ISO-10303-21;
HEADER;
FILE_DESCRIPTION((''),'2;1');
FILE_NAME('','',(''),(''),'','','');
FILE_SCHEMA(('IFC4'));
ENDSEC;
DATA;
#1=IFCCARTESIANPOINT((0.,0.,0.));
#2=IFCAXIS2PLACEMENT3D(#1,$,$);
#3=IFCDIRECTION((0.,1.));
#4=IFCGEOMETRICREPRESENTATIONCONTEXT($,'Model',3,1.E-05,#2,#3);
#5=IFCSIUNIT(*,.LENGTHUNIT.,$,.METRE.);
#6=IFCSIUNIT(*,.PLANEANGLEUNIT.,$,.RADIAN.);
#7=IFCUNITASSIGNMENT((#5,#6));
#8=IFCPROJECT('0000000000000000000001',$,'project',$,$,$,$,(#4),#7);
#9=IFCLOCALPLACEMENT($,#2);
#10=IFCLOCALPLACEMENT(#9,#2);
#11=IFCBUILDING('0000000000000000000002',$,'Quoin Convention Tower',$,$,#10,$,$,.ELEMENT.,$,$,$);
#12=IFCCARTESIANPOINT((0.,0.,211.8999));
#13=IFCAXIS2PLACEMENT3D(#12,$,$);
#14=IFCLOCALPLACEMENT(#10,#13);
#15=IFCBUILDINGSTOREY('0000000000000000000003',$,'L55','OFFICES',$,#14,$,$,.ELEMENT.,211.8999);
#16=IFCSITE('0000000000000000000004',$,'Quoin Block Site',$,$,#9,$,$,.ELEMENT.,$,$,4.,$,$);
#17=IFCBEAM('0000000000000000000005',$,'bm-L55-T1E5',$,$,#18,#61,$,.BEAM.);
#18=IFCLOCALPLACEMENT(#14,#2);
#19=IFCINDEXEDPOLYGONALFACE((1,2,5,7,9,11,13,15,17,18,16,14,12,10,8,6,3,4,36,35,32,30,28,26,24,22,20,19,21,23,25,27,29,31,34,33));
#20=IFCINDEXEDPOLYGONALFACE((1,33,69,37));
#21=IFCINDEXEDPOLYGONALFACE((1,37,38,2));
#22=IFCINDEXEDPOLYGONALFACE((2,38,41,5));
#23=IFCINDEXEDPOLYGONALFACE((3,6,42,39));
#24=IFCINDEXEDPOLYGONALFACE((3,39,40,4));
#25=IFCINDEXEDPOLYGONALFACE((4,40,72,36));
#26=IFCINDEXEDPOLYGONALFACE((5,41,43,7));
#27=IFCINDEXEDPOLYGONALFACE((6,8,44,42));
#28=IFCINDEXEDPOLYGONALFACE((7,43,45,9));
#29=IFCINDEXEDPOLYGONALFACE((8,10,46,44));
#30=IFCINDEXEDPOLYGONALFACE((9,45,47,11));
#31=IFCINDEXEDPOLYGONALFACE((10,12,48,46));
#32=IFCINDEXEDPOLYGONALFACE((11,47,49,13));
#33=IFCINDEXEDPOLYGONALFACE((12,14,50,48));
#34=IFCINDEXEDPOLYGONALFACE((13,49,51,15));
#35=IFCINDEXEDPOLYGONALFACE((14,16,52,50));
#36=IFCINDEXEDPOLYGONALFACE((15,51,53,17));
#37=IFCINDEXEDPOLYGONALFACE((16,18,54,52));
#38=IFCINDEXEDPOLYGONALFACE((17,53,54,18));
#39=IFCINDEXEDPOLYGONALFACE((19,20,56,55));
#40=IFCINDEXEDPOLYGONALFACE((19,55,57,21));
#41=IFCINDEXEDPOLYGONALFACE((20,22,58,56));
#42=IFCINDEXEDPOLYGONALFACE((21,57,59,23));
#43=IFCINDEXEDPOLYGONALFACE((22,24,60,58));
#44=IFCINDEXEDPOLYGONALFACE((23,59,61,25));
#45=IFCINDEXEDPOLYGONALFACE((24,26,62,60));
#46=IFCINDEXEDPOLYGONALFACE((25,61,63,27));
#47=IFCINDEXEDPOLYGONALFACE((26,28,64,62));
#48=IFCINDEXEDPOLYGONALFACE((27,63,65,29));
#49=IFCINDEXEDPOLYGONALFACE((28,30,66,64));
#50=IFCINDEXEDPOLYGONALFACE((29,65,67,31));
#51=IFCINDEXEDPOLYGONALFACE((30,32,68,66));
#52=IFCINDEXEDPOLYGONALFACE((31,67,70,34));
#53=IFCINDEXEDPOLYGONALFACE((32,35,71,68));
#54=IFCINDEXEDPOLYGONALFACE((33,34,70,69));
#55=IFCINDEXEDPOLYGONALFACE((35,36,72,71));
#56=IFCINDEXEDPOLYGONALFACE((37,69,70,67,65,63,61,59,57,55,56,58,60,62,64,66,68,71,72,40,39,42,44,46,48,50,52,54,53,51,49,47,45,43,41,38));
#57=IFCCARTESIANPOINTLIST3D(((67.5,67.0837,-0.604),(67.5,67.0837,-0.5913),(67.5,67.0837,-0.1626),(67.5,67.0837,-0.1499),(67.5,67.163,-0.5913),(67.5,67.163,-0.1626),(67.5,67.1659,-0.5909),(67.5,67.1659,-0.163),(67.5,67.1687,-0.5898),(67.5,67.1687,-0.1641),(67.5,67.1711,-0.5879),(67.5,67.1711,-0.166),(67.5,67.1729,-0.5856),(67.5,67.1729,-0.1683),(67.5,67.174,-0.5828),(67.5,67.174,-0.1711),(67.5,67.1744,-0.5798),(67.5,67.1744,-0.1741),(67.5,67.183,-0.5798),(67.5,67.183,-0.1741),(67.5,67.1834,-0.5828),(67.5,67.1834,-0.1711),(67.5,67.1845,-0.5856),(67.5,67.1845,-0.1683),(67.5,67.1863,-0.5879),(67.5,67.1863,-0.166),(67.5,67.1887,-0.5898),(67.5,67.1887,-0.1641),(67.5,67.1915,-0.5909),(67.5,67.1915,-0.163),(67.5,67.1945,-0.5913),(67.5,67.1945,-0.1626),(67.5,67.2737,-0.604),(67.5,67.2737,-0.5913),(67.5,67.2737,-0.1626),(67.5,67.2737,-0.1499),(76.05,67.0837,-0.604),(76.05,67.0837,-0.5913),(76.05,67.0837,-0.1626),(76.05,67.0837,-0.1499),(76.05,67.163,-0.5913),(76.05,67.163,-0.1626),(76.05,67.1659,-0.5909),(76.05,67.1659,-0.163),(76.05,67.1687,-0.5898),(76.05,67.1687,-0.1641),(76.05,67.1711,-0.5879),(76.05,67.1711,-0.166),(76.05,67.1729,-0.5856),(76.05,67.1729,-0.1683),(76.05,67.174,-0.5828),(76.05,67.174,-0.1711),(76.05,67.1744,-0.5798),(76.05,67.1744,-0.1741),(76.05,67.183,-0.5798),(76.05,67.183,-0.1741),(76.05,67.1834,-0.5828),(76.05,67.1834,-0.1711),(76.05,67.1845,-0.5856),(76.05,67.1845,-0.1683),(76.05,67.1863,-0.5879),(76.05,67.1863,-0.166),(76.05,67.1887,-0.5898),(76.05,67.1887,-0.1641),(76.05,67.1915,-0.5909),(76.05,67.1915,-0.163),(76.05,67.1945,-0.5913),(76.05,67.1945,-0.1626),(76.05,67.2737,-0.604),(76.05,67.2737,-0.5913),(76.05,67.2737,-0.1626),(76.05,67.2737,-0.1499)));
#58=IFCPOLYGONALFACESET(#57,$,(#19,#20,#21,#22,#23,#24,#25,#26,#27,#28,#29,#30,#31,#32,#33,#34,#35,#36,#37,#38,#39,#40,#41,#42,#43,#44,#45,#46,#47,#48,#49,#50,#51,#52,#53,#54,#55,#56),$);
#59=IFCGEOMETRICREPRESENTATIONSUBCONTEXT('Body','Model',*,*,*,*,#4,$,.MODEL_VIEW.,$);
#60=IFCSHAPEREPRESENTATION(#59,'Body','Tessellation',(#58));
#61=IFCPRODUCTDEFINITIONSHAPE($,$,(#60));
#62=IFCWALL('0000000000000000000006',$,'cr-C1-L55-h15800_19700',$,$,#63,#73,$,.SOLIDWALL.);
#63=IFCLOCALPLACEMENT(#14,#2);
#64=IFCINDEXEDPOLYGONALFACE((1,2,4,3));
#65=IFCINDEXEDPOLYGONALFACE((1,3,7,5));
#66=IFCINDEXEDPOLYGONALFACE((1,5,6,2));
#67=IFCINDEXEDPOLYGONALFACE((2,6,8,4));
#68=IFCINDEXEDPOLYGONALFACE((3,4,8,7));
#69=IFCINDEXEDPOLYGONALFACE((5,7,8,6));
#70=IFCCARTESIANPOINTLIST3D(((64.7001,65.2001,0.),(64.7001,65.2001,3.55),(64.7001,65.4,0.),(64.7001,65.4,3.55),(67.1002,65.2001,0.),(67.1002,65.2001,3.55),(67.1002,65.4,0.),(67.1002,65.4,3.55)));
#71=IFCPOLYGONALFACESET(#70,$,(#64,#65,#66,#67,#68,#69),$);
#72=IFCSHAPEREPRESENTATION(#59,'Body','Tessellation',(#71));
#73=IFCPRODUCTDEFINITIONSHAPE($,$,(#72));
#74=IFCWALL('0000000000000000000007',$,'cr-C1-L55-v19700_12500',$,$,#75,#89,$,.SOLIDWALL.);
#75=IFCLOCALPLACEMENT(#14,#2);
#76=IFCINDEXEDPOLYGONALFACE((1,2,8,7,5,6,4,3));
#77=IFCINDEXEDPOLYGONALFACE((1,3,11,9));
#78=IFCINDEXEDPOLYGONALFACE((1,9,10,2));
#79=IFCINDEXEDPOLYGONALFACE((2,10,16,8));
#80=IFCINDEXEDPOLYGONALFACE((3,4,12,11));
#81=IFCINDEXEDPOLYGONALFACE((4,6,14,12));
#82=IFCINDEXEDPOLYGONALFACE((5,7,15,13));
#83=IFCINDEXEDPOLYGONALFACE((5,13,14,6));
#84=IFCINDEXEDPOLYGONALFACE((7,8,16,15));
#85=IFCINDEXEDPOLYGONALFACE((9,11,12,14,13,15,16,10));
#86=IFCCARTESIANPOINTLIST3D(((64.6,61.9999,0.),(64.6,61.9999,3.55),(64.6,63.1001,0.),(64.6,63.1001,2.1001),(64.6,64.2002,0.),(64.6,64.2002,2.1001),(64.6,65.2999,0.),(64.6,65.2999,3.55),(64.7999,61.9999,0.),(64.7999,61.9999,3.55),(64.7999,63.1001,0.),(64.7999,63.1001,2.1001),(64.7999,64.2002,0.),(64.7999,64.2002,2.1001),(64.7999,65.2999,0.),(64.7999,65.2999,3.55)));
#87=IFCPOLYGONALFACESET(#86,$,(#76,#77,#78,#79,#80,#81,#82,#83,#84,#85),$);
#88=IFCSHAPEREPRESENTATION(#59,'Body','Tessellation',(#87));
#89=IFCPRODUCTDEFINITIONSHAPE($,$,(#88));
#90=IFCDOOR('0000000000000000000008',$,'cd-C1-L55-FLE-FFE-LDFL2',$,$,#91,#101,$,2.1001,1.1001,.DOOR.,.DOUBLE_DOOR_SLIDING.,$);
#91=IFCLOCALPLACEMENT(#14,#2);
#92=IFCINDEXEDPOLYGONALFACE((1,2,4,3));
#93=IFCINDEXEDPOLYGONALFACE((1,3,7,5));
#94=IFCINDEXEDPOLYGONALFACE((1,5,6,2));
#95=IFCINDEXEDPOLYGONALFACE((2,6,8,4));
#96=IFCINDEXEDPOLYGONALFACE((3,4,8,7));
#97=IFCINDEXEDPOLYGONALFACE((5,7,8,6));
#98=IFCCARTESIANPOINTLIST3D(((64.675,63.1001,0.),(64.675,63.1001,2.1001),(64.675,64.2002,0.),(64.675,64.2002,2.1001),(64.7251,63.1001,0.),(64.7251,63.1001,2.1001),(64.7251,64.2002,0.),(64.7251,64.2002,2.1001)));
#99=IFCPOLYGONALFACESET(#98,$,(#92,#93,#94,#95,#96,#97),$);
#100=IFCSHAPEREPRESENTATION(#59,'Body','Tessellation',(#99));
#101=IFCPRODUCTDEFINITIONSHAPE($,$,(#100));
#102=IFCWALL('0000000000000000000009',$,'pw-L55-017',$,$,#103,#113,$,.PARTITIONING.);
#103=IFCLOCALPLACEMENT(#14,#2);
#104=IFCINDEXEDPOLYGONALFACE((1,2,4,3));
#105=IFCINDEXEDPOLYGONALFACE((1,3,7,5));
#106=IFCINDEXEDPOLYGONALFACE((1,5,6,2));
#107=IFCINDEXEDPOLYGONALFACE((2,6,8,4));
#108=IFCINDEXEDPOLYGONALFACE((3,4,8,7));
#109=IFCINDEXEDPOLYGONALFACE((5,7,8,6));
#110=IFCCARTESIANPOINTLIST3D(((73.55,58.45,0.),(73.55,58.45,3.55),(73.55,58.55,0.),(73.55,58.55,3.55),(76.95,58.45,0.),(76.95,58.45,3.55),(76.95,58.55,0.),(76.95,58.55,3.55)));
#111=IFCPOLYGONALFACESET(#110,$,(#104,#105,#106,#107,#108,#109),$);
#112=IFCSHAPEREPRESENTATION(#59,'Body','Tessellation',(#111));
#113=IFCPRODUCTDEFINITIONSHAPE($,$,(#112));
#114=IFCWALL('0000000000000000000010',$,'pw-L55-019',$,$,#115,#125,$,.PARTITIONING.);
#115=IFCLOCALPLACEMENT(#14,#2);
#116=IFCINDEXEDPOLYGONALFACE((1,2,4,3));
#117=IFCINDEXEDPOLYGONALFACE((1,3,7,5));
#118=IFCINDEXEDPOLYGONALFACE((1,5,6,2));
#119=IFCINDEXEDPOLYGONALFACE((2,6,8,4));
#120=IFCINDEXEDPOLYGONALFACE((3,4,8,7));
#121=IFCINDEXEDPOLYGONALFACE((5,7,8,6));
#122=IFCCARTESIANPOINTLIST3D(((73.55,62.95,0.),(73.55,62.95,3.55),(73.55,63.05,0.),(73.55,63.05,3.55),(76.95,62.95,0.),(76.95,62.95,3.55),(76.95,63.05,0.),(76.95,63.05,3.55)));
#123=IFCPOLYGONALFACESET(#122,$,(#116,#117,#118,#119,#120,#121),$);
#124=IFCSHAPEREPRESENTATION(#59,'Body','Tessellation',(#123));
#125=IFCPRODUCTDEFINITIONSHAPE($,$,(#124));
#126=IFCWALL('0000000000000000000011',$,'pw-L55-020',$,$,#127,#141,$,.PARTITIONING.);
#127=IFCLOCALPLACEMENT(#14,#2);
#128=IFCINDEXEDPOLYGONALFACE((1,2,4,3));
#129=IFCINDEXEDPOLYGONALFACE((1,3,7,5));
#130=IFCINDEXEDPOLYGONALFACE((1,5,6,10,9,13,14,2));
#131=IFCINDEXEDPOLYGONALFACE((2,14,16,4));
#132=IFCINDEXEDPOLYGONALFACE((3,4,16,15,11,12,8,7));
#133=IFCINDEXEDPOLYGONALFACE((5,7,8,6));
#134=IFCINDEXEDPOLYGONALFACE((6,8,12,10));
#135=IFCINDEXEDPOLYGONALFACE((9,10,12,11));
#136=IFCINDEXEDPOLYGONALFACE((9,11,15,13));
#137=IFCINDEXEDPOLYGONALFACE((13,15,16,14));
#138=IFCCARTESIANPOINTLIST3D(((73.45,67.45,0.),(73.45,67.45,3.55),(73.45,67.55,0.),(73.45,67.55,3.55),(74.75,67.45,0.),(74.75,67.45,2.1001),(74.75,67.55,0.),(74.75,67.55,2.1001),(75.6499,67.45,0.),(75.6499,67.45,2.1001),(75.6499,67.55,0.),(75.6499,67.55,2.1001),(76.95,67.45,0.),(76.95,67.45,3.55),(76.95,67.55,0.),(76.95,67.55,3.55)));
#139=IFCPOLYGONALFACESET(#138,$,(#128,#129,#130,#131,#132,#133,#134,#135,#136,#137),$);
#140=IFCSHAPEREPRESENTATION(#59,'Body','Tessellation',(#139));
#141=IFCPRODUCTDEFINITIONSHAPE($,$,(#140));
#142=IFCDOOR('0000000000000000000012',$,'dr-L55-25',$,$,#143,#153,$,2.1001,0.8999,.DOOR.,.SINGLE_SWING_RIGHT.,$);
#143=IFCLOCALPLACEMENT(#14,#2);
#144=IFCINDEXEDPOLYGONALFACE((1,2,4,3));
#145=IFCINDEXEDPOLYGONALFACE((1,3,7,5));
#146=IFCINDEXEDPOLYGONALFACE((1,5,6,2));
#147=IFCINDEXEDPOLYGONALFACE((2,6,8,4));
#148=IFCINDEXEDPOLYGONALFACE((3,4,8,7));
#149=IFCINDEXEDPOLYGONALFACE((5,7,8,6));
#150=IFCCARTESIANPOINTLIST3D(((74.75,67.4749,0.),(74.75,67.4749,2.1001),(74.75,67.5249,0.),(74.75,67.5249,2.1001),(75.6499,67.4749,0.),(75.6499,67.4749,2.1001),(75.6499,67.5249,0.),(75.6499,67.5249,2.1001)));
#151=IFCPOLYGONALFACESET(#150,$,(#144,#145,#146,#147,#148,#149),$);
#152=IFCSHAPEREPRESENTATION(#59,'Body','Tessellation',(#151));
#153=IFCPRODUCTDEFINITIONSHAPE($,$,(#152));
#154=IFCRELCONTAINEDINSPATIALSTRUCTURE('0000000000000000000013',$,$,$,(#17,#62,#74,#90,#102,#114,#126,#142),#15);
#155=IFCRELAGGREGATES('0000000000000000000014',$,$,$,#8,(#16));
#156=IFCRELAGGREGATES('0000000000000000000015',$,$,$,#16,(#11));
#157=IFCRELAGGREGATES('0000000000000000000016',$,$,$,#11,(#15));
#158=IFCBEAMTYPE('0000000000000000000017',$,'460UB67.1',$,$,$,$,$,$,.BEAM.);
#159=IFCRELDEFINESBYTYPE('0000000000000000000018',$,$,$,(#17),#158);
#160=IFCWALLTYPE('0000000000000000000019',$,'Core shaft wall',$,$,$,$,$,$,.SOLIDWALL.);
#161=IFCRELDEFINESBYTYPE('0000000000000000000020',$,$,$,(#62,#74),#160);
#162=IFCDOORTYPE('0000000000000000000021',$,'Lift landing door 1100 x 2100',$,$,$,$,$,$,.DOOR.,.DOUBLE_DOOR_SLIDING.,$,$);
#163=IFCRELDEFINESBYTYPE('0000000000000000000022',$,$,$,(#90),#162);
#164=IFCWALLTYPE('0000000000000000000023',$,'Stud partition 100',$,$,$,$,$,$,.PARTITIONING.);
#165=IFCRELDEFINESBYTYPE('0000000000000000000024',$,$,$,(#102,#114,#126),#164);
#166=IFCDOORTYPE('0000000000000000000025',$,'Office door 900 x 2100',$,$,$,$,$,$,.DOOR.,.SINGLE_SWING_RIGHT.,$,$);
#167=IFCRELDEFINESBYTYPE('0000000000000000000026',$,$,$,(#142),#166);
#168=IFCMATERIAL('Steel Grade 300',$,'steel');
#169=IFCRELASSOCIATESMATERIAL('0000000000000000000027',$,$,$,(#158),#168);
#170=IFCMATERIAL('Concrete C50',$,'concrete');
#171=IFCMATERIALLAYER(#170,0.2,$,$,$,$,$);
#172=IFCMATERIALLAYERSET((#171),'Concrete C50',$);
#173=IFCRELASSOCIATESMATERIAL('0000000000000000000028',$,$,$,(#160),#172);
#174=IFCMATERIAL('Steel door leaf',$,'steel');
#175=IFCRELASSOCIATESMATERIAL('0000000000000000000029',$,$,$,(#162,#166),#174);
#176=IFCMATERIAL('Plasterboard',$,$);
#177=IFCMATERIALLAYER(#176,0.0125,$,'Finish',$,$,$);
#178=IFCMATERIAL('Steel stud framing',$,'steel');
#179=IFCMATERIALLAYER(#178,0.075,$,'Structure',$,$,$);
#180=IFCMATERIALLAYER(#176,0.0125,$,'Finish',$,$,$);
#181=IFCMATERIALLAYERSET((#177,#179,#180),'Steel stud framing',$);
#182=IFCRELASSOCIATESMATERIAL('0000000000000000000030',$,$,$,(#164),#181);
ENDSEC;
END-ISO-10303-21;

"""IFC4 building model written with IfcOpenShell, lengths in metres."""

from ifc_helpers import new_model, si_unit, direction, frame, frame_2d, origin, origin_2d, place, context, subcontext, project, spatial, rectangle, i_section, extrude, material, layer, layer_set, material_profile, profile_set, type_object, element, fill, save


model = new_model("IFC4")

# Units and contexts
model_context = context("Model", 3, precision=1e-05, world=origin(), true_north=direction((0.0, 1.0)))
body_context = subcontext(model_context, "Body", "Model", "MODEL_VIEW")
ifc_project = project(units=[si_unit("LENGTHUNIT", "METRE"), si_unit("PLANEANGLEUNIT", "RADIAN")], contexts=[model_context])

# Site, building, storey
site_placement = place(None, origin())
site = spatial("IfcSite", under=ifc_project, at=site_placement, Name="Quoin Block Site", CompositionType="ELEMENT", RefElevation=4.0)
building_placement = place(site_placement, origin())
building = spatial("IfcBuilding", under=site, at=building_placement, Name="Quoin Convention Tower", CompositionType="ELEMENT")
storey_placement = place(building_placement, frame((0.0, 0.0, 211.8999)))
storey = spatial("IfcBuildingStorey", under=building, at=storey_placement, Name="L55", Description="OFFICES", CompositionType="ELEMENT", Elevation=211.8999)

# Shared definitions
ifc_material_1 = material(Name="Concrete C50", Category="concrete")

# Beam
ifc_material_2 = material(Name="Steel Grade 300", Category="steel")
ifc_material_profile_1 = material_profile(ifc_material_2, i_section(OverallWidth=0.1899, OverallDepth=0.4541, WebThickness=0.0085, FlangeThickness=0.0127, FilletRadius=0.0115, at=origin_2d()), Name="460UB67.1")
ifc_profile_set_1 = profile_set([ifc_material_profile_1], Name="Steel Grade 300")
beam_type = type_object("IfcBeamType", Name="460UB67.1", PredefinedType="BEAM", material=ifc_profile_set_1)
beam_placement = place(storey_placement, frame((67.5, 67.1787, -0.377), z_axis=(1.0, 0.0, 0.0), x_axis=(0.0, 1.0, 0.0)))
element("IfcBeam", 1, at=beam_placement, inside=storey, type_object=beam_type, Name="bm-L55-T1E5", PredefinedType="BEAM", context=body_context, shape_type="SweptSolid", body=[
    extrude(i_section(OverallWidth=0.1899, OverallDepth=0.4541, WebThickness=0.0085, FlangeThickness=0.0127, FilletRadius=0.0115, at=origin_2d()), origin(), (0.0, 0.0, 1.0), 8.55),
])

# Wall
ifc_layer_1 = layer(ifc_material_1, 0.2)
ifc_layer_set_1 = layer_set([ifc_layer_1], Name="Concrete C50")
wall_type_1 = type_object("IfcWallType", Name="Core shaft wall", PredefinedType="SOLIDWALL", material=ifc_layer_set_1)
wall_1_placement = place(storey_placement, frame((64.7, 65.3, 0.0), z_axis=(0.0, 0.0, 1.0), x_axis=(1.0, 0.0, 0.0)))
element("IfcWall", 2, at=wall_1_placement, inside=storey, type_object=wall_type_1, Name="cr-C1-L55-h15800_19700", PredefinedType="SOLIDWALL", context=body_context, shape_type="SweptSolid", body=[
    extrude(rectangle(XDim=2.4001, YDim=0.2, at=frame_2d((1.2002, 0.0))), origin(), (0.0, 0.0, 1.0), 3.55),
])

# Wall, opening, door
wall_2_placement = place(storey_placement, frame((64.7, 62.0, 0.0), z_axis=(0.0, 0.0, 1.0), x_axis=(0.0, 1.0, 0.0)))
wall_2 = element("IfcWall", 3, at=wall_2_placement, inside=storey, type_object=wall_type_1, Name="cr-C1-L55-v19700_12500", PredefinedType="SOLIDWALL", context=body_context, shape_type="SweptSolid", body=[
    extrude(rectangle(XDim=3.3, YDim=0.2, at=frame_2d((1.6499, 0.0))), origin(), (0.0, 0.0, 1.0), 3.55),
])
opening_1_placement = place(wall_2_placement, frame((1.1001, 0.0, 0.0)))
opening_1 = element("IfcOpeningElement", 4, at=opening_1_placement, cuts=wall_2, PredefinedType="OPENING", context=body_context, shape_type="SweptSolid", body=[
    extrude(rectangle(XDim=1.1001, YDim=2.1001, at=frame_2d((0.55, 1.05))), frame((0.0, 0.1099, 0.0), z_axis=(0.0, -1.0, 0.0), x_axis=(1.0, 0.0, 0.0)), (0.0, 0.0, 1.0), 0.22),
])
ifc_material_3 = material(Name="Steel door leaf", Category="steel")
door_type_1 = type_object("IfcDoorType", Name="Lift landing door 1100 x 2100", OperationType="DOUBLE_DOOR_SLIDING", PredefinedType="DOOR", material=ifc_material_3)
door_1_placement = place(opening_1_placement, origin())
door_1 = element("IfcDoor", 5, at=door_1_placement, inside=storey, type_object=door_type_1, Name="cd-C1-L55-FLE-FFE-LDFL2", OperationType="DOUBLE_DOOR_SLIDING", OverallHeight=2.1001, OverallWidth=1.1001, PredefinedType="DOOR", context=body_context, shape_type="SweptSolid", body=[
    extrude(rectangle(XDim=1.1001, YDim=2.1001, at=frame_2d((0.55, 1.05))), frame((0.0, 0.0249, 0.0), z_axis=(0.0, -1.0, 0.0), x_axis=(1.0, 0.0, 0.0)), (0.0, 0.0, 1.0), 0.05),
])
fill(opening_1, door_1)

# Walls
ifc_material_4 = material(Name="Plasterboard")
ifc_layer_2 = layer(ifc_material_4, 0.0125, Name="Finish")
ifc_material_5 = material(Name="Steel stud framing", Category="steel")
ifc_layer_3 = layer(ifc_material_5, 0.075, Name="Structure")
ifc_layer_4 = layer(ifc_material_4, 0.0125, Name="Finish")
ifc_layer_set_2 = layer_set([ifc_layer_2, ifc_layer_3, ifc_layer_4], Name="Steel stud framing")
wall_type_2 = type_object("IfcWallType", Name="Stud partition 100", PredefinedType="PARTITIONING", material=ifc_layer_set_2)
for number, where, z_axis, x_axis, name in (
    (6, (73.55, 58.5, 0.0), (0.0, 0.0, 1.0), (1.0, 0.0, 0.0), "pw-L55-017"),
    (7, (73.55, 63.0, 0.0), (0.0, 0.0, 1.0), (1.0, 0.0, 0.0), "pw-L55-019"),
):
    element("IfcWall", number, at=place(storey_placement, frame(where, z_axis=z_axis, x_axis=x_axis)), inside=storey, type_object=wall_type_2, Name=name, PredefinedType="PARTITIONING", context=body_context, shape_type="SweptSolid", body=[
        extrude(rectangle(XDim=3.3999, YDim=0.1001, at=frame_2d((1.7, 0.0))), origin(), (0.0, 0.0, 1.0), 3.55),
    ])

# Wall, opening, door
wall_3_placement = place(storey_placement, frame((73.45, 67.5, 0.0), z_axis=(0.0, 0.0, 1.0), x_axis=(1.0, 0.0, 0.0)))
wall_3 = element("IfcWall", 8, at=wall_3_placement, inside=storey, type_object=wall_type_2, Name="pw-L55-020", PredefinedType="PARTITIONING", context=body_context, shape_type="SweptSolid", body=[
    extrude(rectangle(XDim=3.5, YDim=0.1001, at=frame_2d((1.75, 0.0))), origin(), (0.0, 0.0, 1.0), 3.55),
])
opening_2_placement = place(wall_3_placement, frame((1.3, 0.0, 0.0)))
opening_2 = element("IfcOpeningElement", 9, at=opening_2_placement, cuts=wall_3, PredefinedType="OPENING", context=body_context, shape_type="SweptSolid", body=[
    extrude(rectangle(XDim=0.8999, YDim=2.1001, at=frame_2d((0.45, 1.05))), frame((0.0, 0.0601, 0.0), z_axis=(0.0, -1.0, 0.0), x_axis=(1.0, 0.0, 0.0)), (0.0, 0.0, 1.0), 0.1201),
])
door_type_2 = type_object("IfcDoorType", Name="Office door 900 x 2100", OperationType="SINGLE_SWING_RIGHT", PredefinedType="DOOR", material=ifc_material_3)
door_2_placement = place(opening_2_placement, origin())
door_2 = element("IfcDoor", 10, at=door_2_placement, inside=storey, type_object=door_type_2, Name="dr-L55-25", OperationType="SINGLE_SWING_RIGHT", OverallHeight=2.1001, OverallWidth=0.8999, PredefinedType="DOOR", context=body_context, shape_type="SweptSolid", body=[
    extrude(rectangle(XDim=0.8999, YDim=2.1001, at=frame_2d((0.45, 1.05))), frame((0.0, 0.0249, 0.0), z_axis=(0.0, -1.0, 0.0), x_axis=(1.0, 0.0, 0.0)), (0.0, 0.0, 1.0), 0.05),
])
fill(opening_2, door_2)

save(model, "model.ifc")
